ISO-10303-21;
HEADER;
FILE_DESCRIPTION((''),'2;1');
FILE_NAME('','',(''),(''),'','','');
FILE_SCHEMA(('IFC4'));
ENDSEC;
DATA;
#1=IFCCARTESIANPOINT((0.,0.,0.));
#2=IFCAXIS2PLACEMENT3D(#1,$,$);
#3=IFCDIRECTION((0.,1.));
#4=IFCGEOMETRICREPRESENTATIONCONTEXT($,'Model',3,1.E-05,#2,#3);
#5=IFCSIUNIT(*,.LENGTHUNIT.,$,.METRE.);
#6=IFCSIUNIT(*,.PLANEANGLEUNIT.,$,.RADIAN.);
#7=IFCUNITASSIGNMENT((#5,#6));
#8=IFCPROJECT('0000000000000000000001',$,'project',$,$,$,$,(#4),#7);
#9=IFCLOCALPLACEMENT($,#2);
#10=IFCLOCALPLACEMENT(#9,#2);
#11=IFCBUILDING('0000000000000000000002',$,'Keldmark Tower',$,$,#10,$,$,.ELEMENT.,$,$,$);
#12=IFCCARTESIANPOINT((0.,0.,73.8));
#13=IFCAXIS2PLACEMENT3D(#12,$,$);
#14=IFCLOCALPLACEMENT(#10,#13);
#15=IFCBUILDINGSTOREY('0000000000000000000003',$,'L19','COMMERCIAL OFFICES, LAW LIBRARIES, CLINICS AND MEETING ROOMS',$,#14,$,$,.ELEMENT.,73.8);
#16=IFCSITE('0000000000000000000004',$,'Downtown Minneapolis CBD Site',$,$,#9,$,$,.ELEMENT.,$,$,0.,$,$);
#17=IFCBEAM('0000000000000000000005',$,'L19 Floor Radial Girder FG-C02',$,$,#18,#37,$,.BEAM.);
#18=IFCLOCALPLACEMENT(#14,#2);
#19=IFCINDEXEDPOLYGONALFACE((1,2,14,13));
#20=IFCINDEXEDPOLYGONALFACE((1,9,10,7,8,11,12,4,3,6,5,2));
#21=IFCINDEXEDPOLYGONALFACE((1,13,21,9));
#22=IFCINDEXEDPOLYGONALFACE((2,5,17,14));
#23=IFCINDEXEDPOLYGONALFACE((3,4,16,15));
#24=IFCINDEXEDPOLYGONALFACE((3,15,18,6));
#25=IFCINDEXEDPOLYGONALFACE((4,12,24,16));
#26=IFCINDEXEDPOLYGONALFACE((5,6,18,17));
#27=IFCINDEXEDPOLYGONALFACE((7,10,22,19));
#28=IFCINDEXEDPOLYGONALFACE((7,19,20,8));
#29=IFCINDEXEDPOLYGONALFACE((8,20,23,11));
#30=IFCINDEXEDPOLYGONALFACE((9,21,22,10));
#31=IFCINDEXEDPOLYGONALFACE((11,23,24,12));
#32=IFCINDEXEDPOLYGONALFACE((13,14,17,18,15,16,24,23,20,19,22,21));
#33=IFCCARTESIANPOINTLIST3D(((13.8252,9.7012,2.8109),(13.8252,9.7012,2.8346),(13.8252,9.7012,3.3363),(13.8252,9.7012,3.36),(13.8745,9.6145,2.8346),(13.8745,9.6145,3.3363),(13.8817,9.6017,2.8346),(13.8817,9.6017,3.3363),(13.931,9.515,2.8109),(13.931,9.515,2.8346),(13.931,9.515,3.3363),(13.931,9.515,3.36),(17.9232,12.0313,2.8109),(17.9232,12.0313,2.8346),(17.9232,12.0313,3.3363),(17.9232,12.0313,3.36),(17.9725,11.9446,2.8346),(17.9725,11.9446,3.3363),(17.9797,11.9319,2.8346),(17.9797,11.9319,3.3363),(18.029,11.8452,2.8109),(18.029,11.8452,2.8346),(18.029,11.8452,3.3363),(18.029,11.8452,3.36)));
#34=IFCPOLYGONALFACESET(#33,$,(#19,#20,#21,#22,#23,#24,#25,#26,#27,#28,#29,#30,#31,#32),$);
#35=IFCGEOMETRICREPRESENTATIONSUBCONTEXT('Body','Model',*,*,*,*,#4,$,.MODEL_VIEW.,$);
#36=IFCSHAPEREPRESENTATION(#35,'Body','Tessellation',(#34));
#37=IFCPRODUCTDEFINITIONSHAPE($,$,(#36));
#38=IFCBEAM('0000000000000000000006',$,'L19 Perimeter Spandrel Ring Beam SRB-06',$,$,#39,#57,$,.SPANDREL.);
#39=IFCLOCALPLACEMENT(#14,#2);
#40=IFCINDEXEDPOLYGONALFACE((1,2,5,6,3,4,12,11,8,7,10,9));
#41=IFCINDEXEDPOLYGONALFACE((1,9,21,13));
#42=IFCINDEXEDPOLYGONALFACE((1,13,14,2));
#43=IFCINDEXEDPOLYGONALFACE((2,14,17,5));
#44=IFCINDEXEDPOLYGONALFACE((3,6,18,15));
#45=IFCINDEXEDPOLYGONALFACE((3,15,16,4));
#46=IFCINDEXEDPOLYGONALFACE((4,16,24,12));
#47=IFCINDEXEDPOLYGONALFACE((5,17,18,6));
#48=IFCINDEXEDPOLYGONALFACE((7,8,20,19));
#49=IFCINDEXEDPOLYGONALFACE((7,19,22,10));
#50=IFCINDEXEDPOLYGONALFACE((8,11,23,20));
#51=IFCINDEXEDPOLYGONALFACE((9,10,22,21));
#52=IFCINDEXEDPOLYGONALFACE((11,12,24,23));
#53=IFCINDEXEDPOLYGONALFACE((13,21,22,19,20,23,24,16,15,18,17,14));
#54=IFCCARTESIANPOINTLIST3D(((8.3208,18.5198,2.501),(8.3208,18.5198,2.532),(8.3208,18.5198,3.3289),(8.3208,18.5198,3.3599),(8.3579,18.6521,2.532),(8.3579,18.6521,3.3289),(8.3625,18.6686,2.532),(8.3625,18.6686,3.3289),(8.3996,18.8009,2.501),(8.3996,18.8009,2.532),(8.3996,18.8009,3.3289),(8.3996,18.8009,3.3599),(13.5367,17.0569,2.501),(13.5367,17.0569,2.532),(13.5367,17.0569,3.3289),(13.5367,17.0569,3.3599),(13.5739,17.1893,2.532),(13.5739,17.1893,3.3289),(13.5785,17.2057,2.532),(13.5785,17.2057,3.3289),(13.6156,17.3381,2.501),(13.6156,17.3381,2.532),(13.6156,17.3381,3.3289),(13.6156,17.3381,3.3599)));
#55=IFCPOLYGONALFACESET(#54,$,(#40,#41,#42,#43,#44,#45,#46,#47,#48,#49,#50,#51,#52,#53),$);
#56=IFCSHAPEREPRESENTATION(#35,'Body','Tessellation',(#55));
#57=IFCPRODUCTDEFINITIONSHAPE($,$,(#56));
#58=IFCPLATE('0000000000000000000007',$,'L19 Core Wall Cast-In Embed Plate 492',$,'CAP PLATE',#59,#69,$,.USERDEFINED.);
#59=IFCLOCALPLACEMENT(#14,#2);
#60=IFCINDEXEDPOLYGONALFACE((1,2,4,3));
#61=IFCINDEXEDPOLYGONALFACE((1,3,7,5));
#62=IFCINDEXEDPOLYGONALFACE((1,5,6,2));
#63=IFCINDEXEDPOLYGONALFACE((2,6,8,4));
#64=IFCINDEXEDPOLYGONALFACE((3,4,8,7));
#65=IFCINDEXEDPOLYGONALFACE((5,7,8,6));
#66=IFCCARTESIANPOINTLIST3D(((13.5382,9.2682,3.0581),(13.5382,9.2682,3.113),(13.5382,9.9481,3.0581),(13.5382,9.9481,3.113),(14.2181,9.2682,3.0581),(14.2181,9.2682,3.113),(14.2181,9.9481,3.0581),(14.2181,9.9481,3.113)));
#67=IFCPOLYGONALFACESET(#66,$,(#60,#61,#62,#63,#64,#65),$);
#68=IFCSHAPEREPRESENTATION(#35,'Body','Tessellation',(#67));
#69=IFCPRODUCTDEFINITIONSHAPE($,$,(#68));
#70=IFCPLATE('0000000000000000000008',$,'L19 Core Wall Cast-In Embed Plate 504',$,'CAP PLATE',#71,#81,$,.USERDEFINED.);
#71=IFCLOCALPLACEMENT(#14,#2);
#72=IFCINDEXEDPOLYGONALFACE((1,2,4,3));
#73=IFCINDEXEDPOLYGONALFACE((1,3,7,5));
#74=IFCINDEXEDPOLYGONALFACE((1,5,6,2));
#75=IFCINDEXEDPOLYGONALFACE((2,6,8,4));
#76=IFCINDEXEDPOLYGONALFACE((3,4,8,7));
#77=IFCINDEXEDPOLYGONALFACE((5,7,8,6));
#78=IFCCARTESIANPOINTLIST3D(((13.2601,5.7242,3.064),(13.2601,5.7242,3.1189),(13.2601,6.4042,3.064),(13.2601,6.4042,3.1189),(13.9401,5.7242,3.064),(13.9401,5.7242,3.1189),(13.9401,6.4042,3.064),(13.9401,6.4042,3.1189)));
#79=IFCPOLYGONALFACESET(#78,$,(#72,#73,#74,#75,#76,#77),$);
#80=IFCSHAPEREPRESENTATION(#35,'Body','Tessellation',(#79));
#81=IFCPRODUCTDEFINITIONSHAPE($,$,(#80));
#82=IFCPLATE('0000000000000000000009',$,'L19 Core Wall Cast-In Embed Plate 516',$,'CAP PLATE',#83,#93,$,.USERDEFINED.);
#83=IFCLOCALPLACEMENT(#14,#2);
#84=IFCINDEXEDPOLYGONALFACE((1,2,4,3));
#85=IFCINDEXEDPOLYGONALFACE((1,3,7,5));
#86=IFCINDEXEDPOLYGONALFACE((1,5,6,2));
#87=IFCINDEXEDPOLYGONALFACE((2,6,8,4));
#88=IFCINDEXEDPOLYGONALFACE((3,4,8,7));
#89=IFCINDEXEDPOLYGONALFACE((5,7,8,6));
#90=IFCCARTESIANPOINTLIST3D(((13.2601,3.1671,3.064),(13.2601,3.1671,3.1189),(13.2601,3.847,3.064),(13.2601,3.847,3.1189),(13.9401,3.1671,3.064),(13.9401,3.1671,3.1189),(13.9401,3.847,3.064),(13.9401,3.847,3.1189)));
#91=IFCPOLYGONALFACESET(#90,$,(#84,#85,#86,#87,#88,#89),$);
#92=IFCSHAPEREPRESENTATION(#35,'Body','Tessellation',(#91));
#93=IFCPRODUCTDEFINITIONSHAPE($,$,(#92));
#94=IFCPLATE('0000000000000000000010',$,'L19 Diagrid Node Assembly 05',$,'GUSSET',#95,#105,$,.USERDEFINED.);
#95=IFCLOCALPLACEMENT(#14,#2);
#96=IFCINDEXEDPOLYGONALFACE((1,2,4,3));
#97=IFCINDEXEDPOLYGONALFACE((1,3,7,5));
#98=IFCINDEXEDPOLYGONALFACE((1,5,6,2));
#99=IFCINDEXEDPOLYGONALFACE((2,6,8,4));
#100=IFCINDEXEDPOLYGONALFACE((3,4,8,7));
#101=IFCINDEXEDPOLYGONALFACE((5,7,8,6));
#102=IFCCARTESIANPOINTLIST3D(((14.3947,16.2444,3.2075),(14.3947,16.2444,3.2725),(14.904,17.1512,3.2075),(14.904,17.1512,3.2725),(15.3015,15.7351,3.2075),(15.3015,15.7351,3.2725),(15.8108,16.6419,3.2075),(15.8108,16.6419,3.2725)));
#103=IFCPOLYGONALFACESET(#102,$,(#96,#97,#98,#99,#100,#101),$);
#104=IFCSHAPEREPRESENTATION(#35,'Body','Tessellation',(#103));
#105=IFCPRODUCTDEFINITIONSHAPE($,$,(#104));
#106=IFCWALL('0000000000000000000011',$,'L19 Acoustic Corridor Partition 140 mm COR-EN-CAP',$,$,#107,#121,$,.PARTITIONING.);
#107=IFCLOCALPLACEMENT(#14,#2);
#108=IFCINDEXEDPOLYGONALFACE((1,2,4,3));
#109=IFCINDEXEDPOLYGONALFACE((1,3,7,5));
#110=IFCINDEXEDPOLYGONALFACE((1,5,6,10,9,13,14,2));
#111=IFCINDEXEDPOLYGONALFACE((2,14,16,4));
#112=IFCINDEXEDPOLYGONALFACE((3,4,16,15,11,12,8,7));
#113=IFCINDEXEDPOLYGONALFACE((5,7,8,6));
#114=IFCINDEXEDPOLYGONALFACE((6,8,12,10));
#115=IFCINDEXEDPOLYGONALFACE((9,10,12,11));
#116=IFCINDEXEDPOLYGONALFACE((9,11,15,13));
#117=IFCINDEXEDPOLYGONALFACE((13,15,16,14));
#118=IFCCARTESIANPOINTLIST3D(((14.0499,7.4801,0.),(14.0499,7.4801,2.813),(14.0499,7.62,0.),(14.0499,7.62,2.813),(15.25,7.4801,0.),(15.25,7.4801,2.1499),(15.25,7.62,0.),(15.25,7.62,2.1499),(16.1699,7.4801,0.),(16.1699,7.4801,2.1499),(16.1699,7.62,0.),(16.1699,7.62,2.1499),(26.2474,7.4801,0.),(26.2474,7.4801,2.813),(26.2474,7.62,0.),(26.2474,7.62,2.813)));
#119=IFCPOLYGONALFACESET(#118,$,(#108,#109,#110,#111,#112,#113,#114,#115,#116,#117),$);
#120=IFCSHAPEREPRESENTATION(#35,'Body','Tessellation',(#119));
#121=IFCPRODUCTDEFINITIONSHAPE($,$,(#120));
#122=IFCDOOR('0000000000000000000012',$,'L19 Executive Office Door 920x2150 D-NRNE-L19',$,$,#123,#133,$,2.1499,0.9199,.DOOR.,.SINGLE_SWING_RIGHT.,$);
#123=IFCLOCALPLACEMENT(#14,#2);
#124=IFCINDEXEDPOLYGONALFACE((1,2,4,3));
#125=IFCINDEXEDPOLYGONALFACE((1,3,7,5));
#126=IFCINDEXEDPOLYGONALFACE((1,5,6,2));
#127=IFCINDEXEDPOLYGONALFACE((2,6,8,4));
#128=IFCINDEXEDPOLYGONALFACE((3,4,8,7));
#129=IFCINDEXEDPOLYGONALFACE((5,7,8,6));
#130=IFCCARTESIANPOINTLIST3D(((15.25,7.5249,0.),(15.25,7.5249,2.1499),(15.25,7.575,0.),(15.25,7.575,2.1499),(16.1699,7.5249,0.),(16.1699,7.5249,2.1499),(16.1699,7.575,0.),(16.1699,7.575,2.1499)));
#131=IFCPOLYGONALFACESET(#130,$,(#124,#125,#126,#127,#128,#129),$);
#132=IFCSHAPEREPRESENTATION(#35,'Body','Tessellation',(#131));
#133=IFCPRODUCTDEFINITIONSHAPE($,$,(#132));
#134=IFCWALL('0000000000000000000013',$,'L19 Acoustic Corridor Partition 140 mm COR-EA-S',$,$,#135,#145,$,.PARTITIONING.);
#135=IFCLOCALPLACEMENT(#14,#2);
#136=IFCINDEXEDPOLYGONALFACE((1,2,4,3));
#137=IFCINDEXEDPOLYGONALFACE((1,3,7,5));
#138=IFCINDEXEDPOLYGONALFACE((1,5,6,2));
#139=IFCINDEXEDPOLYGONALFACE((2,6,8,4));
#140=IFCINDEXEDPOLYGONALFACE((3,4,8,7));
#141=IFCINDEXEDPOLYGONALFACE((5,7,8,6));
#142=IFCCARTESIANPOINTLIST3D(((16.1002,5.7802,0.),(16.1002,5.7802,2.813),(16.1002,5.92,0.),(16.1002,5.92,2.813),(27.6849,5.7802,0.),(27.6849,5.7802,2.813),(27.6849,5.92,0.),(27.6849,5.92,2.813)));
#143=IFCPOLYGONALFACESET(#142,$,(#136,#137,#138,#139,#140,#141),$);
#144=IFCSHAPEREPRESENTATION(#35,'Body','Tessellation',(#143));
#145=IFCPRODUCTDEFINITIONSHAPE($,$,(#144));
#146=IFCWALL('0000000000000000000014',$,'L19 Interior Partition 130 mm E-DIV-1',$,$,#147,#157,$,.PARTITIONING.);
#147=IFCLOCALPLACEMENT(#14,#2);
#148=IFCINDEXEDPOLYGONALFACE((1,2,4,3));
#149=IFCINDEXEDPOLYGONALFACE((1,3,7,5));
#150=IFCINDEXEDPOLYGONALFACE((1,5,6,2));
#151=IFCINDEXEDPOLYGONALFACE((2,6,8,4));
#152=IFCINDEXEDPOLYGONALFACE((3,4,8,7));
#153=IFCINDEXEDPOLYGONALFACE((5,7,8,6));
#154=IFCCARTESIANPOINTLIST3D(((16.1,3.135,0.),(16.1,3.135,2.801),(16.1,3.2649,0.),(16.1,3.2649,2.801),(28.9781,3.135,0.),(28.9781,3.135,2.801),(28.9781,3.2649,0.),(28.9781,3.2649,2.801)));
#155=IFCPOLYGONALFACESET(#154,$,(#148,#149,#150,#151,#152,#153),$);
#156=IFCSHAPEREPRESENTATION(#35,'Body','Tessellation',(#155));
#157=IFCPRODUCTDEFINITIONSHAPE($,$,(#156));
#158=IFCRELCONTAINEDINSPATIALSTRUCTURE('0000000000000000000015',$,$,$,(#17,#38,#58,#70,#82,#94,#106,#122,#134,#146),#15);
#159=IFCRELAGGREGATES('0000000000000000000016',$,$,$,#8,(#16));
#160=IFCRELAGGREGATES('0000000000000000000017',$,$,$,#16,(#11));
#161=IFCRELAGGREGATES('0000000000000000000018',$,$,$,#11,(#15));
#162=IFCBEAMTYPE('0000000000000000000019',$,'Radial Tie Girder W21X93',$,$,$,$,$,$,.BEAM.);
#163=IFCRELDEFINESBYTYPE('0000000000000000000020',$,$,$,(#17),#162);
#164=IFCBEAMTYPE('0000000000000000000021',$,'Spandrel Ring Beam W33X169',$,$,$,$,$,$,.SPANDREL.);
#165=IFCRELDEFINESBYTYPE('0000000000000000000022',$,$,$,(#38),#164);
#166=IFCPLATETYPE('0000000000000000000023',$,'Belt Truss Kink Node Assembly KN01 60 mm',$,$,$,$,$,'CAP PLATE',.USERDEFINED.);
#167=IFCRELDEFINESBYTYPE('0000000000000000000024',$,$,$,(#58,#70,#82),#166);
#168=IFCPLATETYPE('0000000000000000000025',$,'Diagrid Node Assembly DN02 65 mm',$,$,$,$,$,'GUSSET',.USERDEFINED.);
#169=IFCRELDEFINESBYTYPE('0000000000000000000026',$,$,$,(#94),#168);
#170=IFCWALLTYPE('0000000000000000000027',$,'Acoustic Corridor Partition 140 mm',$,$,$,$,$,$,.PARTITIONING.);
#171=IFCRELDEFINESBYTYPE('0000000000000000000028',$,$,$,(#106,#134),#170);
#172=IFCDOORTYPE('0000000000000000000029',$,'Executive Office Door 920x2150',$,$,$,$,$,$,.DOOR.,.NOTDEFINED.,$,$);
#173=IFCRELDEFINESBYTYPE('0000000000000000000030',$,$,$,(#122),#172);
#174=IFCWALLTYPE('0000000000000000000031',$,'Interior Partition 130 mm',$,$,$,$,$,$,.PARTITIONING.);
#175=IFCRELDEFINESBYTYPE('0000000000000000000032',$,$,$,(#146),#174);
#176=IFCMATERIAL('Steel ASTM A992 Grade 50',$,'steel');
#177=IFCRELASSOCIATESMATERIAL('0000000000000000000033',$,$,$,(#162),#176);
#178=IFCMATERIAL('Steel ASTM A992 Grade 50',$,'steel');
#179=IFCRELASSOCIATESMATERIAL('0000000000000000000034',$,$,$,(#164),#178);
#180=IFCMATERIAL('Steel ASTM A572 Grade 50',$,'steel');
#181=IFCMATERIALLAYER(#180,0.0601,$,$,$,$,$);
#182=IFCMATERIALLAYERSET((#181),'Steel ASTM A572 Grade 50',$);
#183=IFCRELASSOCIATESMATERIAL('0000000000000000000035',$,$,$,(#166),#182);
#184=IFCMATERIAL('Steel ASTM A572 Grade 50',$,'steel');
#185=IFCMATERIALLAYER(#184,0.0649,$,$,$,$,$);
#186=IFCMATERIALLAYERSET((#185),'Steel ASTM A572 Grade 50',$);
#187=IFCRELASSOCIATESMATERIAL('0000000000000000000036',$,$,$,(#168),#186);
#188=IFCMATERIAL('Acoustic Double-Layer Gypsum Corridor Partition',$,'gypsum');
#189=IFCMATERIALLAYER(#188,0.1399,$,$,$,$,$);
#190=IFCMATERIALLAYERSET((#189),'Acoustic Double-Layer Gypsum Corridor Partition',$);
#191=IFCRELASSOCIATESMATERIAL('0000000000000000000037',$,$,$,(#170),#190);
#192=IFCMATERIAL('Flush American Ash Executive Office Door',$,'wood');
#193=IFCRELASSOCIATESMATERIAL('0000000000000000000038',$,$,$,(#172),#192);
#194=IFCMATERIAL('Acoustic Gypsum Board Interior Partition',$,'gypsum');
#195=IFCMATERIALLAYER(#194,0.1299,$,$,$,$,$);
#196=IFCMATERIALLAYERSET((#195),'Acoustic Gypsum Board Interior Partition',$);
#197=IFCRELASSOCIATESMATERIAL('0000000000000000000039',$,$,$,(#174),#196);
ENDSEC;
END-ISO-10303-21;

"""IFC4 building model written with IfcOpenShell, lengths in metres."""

from ifc_helpers import new_model, si_unit, direction, frame, frame_2d, origin, origin_2d, place, context, subcontext, project, spatial, rectangle, i_section, extrude, material, layer, layer_set, material_profile, profile_set, type_object, element, fill, save


model = new_model("IFC4")

# Units and contexts
model_context = context("Model", 3, precision=1e-05, world=origin(), true_north=direction((0.0, 1.0)))
body_context = subcontext(model_context, "Body", "Model", "MODEL_VIEW")
ifc_project = project(units=[si_unit("LENGTHUNIT", "METRE"), si_unit("PLANEANGLEUNIT", "RADIAN")], contexts=[model_context])

# Site, building, storey
site_placement = place(None, origin())
site = spatial("IfcSite", under=ifc_project, at=site_placement, Name="Downtown Minneapolis CBD Site", CompositionType="ELEMENT", RefElevation=0.0)
building_placement = place(site_placement, origin())
building = spatial("IfcBuilding", under=site, at=building_placement, Name="Keldmark Tower", CompositionType="ELEMENT")
storey_placement = place(building_placement, frame((0.0, 0.0, 73.8)))
storey = spatial("IfcBuildingStorey", under=building, at=storey_placement, Name="L19", Description="COMMERCIAL OFFICES, LAW LIBRARIES, CLINICS AND MEETING ROOMS", CompositionType="ELEMENT", Elevation=73.8)

# Beams
ifc_material_1 = material(Name="Steel ASTM A992 Grade 50", Category="steel")
ifc_material_profile_1 = material_profile(ifc_material_1, i_section(OverallWidth=0.2141, OverallDepth=0.5491, WebThickness=0.0146, FlangeThickness=0.0237, at=origin_2d()), Name="W21X93")
ifc_profile_set_1 = profile_set([ifc_material_profile_1], Name="Steel ASTM A992 Grade 50")
beam_type_1 = type_object("IfcBeamType", Name="Radial Tie Girder W21X93", PredefinedType="BEAM", material=ifc_profile_set_1)
beam_1_placement = place(storey_placement, frame((17.9761, 11.9382, 3.0854), z_axis=(-0.869299, -0.494286, 0.0), x_axis=(0.494286, -0.869299, 0.0)))
element("IfcBeam", 1, at=beam_1_placement, inside=storey, type_object=beam_type_1, Name="L19 Floor Radial Girder FG-C02", PredefinedType="BEAM", context=body_context, shape_type="SweptSolid", body=[
    extrude(i_section(OverallWidth=0.2141, OverallDepth=0.5491, WebThickness=0.0146, FlangeThickness=0.0237, at=origin_2d()), origin(), (0.0, 0.0, 1.0), 4.7141),
])
ifc_material_2 = material(Name="Steel ASTM A992 Grade 50", Category="steel")
ifc_material_profile_2 = material_profile(ifc_material_2, i_section(OverallWidth=0.292, OverallDepth=0.8589, WebThickness=0.0171, FlangeThickness=0.031, at=origin_2d()), Name="W33X169")
ifc_profile_set_2 = profile_set([ifc_material_profile_2], Name="Steel ASTM A992 Grade 50")
beam_type_2 = type_object("IfcBeamType", Name="Spandrel Ring Beam W33X169", PredefinedType="SPANDREL", material=ifc_profile_set_2)
beam_2_placement = place(storey_placement, frame((13.5762, 17.1975, 2.9304), z_axis=(-0.962849, 0.270039, 0.0), x_axis=(-0.270039, -0.962849, 0.0)))
element("IfcBeam", 2, at=beam_2_placement, inside=storey, type_object=beam_type_2, Name="L19 Perimeter Spandrel Ring Beam SRB-06", PredefinedType="SPANDREL", context=body_context, shape_type="SweptSolid", body=[
    extrude(i_section(OverallWidth=0.292, OverallDepth=0.8589, WebThickness=0.0171, FlangeThickness=0.031, at=origin_2d()), origin(), (0.0, 0.0, 1.0), 5.4172),
])

# Plates
ifc_material_3 = material(Name="Steel ASTM A572 Grade 50", Category="steel")
ifc_layer_1 = layer(ifc_material_3, 0.0601)
ifc_layer_set_1 = layer_set([ifc_layer_1], Name="Steel ASTM A572 Grade 50")
plate_type_1 = type_object("IfcPlateType", Name="Belt Truss Kink Node Assembly KN01 60 mm", ElementType="CAP PLATE", PredefinedType="USERDEFINED", material=ifc_layer_set_1)
for number, where, z_axis, x_axis, name in (
    (3, (13.8782, 9.6082, 3.0581), (0.0, 0.0, 1.0), (1.0, 0.0, 0.0), "L19 Core Wall Cast-In Embed Plate 492"),
    (4, (13.6001, 6.0642, 3.064), (0.0, 0.0, 1.0), (1.0, 0.0, 0.0), "L19 Core Wall Cast-In Embed Plate 504"),
    (5, (13.6001, 3.5071, 3.064), (0.0, 0.0, 1.0), (1.0, 0.0, 0.0), "L19 Core Wall Cast-In Embed Plate 516"),
):
    element("IfcPlate", number, at=place(storey_placement, frame(where, z_axis=z_axis, x_axis=x_axis)), inside=storey, type_object=plate_type_1, Name=name, ObjectType="CAP PLATE", PredefinedType="USERDEFINED", context=body_context, shape_type="SweptSolid", body=[
        extrude(rectangle(XDim=0.6799, YDim=0.6799, at=origin_2d()), origin(), (0.0, 0.0, 1.0), 0.0549),
    ])
ifc_material_4 = material(Name="Steel ASTM A572 Grade 50", Category="steel")
ifc_layer_2 = layer(ifc_material_4, 0.0649)
ifc_layer_set_2 = layer_set([ifc_layer_2], Name="Steel ASTM A572 Grade 50")
plate_type_2 = type_object("IfcPlateType", Name="Diagrid Node Assembly DN02 65 mm", ElementType="GUSSET", PredefinedType="USERDEFINED", material=ifc_layer_set_2)
plate_placement = place(storey_placement, frame((15.1028, 16.4431, 3.2075), z_axis=(0.0, 0.0, 1.0), x_axis=(-0.871898, 0.489687, 0.0)))
element("IfcPlate", 6, at=plate_placement, inside=storey, type_object=plate_type_2, Name="L19 Diagrid Node Assembly 05", ObjectType="GUSSET", PredefinedType="USERDEFINED", context=body_context, shape_type="SweptSolid", body=[
    extrude(rectangle(XDim=1.04, YDim=1.04, at=origin_2d()), origin(), (0.0, 0.0, 1.0), 0.0649),
])

# Wall, opening, door
ifc_material_5 = material(Name="Acoustic Double-Layer Gypsum Corridor Partition", Category="gypsum")
ifc_layer_3 = layer(ifc_material_5, 0.1399)
ifc_layer_set_3 = layer_set([ifc_layer_3], Name="Acoustic Double-Layer Gypsum Corridor Partition")
wall_type_1 = type_object("IfcWallType", Name="Acoustic Corridor Partition 140 mm", PredefinedType="PARTITIONING", material=ifc_layer_set_3)
wall_1_placement = place(storey_placement, frame((14.05, 7.55, 0.0), z_axis=(0.0, 0.0, 1.0), x_axis=(1.0, 0.0, 0.0)))
wall_1 = element("IfcWall", 7, at=wall_1_placement, inside=storey, type_object=wall_type_1, Name="L19 Acoustic Corridor Partition 140 mm COR-EN-CAP", PredefinedType="PARTITIONING", context=body_context, shape_type="SweptSolid", body=[
    extrude(rectangle(XDim=12.1975, YDim=0.1399, at=frame_2d((6.0986, 0.0))), origin(), (0.0, 0.0, 1.0), 2.813),
])
opening_1_placement = place(wall_1_placement, frame((1.2, 0.0, 0.0)))
opening_1 = element("IfcOpeningElement", 8, at=opening_1_placement, cuts=wall_1, PredefinedType="OPENING", context=body_context, shape_type="SweptSolid", body=[
    extrude(rectangle(XDim=0.9199, YDim=2.1499, at=frame_2d((0.46, 1.075))), frame((0.0, 0.0798, 0.0), z_axis=(0.0, -1.0, 0.0), x_axis=(1.0, 0.0, 0.0)), (0.0, 0.0, 1.0), 0.1599),
])
ifc_material_6 = material(Name="Flush American Ash Executive Office Door", Category="wood")
door_type = type_object("IfcDoorType", Name="Executive Office Door 920x2150", OperationType="NOTDEFINED", PredefinedType="DOOR", material=ifc_material_6)
door_placement = place(opening_1_placement, origin())
door = element("IfcDoor", 9, at=door_placement, inside=storey, type_object=door_type, Name="L19 Executive Office Door 920x2150 D-NRNE-L19", OperationType="SINGLE_SWING_RIGHT", OverallHeight=2.1499, OverallWidth=0.9199, PredefinedType="DOOR", context=body_context, shape_type="SweptSolid", body=[
    extrude(rectangle(XDim=0.9199, YDim=2.1499, at=frame_2d((0.46, 1.075))), frame((0.0, 0.0249, 0.0), z_axis=(0.0, -1.0, 0.0), x_axis=(1.0, 0.0, 0.0)), (0.0, 0.0, 1.0), 0.05),
])
fill(opening_1, door)

# Walls
wall_2_placement = place(storey_placement, frame((16.1001, 5.8501, 0.0), z_axis=(0.0, 0.0, 1.0), x_axis=(1.0, 0.0, 0.0)))
element("IfcWall", 10, at=wall_2_placement, inside=storey, type_object=wall_type_1, Name="L19 Acoustic Corridor Partition 140 mm COR-EA-S", PredefinedType="PARTITIONING", context=body_context, shape_type="SweptSolid", body=[
    extrude(rectangle(XDim=11.5847, YDim=0.1399, at=frame_2d((5.7925, 0.0))), origin(), (0.0, 0.0, 1.0), 2.813),
])
ifc_material_7 = material(Name="Acoustic Gypsum Board Interior Partition", Category="gypsum")
ifc_layer_4 = layer(ifc_material_7, 0.1299)
ifc_layer_set_4 = layer_set([ifc_layer_4], Name="Acoustic Gypsum Board Interior Partition")
wall_type_2 = type_object("IfcWallType", Name="Interior Partition 130 mm", PredefinedType="PARTITIONING", material=ifc_layer_set_4)
wall_3_placement = place(storey_placement, frame((16.1001, 3.2, 0.0), z_axis=(0.0, 0.0, 1.0), x_axis=(1.0, 0.0, 0.0)))
element("IfcWall", 11, at=wall_3_placement, inside=storey, type_object=wall_type_2, Name="L19 Interior Partition 130 mm E-DIV-1", PredefinedType="PARTITIONING", context=body_context, shape_type="SweptSolid", body=[
    extrude(rectangle(XDim=12.8782, YDim=0.1299, at=frame_2d((6.439, 0.0))), origin(), (0.0, 0.0, 1.0), 2.801),
])

save(model, "model.ifc")
